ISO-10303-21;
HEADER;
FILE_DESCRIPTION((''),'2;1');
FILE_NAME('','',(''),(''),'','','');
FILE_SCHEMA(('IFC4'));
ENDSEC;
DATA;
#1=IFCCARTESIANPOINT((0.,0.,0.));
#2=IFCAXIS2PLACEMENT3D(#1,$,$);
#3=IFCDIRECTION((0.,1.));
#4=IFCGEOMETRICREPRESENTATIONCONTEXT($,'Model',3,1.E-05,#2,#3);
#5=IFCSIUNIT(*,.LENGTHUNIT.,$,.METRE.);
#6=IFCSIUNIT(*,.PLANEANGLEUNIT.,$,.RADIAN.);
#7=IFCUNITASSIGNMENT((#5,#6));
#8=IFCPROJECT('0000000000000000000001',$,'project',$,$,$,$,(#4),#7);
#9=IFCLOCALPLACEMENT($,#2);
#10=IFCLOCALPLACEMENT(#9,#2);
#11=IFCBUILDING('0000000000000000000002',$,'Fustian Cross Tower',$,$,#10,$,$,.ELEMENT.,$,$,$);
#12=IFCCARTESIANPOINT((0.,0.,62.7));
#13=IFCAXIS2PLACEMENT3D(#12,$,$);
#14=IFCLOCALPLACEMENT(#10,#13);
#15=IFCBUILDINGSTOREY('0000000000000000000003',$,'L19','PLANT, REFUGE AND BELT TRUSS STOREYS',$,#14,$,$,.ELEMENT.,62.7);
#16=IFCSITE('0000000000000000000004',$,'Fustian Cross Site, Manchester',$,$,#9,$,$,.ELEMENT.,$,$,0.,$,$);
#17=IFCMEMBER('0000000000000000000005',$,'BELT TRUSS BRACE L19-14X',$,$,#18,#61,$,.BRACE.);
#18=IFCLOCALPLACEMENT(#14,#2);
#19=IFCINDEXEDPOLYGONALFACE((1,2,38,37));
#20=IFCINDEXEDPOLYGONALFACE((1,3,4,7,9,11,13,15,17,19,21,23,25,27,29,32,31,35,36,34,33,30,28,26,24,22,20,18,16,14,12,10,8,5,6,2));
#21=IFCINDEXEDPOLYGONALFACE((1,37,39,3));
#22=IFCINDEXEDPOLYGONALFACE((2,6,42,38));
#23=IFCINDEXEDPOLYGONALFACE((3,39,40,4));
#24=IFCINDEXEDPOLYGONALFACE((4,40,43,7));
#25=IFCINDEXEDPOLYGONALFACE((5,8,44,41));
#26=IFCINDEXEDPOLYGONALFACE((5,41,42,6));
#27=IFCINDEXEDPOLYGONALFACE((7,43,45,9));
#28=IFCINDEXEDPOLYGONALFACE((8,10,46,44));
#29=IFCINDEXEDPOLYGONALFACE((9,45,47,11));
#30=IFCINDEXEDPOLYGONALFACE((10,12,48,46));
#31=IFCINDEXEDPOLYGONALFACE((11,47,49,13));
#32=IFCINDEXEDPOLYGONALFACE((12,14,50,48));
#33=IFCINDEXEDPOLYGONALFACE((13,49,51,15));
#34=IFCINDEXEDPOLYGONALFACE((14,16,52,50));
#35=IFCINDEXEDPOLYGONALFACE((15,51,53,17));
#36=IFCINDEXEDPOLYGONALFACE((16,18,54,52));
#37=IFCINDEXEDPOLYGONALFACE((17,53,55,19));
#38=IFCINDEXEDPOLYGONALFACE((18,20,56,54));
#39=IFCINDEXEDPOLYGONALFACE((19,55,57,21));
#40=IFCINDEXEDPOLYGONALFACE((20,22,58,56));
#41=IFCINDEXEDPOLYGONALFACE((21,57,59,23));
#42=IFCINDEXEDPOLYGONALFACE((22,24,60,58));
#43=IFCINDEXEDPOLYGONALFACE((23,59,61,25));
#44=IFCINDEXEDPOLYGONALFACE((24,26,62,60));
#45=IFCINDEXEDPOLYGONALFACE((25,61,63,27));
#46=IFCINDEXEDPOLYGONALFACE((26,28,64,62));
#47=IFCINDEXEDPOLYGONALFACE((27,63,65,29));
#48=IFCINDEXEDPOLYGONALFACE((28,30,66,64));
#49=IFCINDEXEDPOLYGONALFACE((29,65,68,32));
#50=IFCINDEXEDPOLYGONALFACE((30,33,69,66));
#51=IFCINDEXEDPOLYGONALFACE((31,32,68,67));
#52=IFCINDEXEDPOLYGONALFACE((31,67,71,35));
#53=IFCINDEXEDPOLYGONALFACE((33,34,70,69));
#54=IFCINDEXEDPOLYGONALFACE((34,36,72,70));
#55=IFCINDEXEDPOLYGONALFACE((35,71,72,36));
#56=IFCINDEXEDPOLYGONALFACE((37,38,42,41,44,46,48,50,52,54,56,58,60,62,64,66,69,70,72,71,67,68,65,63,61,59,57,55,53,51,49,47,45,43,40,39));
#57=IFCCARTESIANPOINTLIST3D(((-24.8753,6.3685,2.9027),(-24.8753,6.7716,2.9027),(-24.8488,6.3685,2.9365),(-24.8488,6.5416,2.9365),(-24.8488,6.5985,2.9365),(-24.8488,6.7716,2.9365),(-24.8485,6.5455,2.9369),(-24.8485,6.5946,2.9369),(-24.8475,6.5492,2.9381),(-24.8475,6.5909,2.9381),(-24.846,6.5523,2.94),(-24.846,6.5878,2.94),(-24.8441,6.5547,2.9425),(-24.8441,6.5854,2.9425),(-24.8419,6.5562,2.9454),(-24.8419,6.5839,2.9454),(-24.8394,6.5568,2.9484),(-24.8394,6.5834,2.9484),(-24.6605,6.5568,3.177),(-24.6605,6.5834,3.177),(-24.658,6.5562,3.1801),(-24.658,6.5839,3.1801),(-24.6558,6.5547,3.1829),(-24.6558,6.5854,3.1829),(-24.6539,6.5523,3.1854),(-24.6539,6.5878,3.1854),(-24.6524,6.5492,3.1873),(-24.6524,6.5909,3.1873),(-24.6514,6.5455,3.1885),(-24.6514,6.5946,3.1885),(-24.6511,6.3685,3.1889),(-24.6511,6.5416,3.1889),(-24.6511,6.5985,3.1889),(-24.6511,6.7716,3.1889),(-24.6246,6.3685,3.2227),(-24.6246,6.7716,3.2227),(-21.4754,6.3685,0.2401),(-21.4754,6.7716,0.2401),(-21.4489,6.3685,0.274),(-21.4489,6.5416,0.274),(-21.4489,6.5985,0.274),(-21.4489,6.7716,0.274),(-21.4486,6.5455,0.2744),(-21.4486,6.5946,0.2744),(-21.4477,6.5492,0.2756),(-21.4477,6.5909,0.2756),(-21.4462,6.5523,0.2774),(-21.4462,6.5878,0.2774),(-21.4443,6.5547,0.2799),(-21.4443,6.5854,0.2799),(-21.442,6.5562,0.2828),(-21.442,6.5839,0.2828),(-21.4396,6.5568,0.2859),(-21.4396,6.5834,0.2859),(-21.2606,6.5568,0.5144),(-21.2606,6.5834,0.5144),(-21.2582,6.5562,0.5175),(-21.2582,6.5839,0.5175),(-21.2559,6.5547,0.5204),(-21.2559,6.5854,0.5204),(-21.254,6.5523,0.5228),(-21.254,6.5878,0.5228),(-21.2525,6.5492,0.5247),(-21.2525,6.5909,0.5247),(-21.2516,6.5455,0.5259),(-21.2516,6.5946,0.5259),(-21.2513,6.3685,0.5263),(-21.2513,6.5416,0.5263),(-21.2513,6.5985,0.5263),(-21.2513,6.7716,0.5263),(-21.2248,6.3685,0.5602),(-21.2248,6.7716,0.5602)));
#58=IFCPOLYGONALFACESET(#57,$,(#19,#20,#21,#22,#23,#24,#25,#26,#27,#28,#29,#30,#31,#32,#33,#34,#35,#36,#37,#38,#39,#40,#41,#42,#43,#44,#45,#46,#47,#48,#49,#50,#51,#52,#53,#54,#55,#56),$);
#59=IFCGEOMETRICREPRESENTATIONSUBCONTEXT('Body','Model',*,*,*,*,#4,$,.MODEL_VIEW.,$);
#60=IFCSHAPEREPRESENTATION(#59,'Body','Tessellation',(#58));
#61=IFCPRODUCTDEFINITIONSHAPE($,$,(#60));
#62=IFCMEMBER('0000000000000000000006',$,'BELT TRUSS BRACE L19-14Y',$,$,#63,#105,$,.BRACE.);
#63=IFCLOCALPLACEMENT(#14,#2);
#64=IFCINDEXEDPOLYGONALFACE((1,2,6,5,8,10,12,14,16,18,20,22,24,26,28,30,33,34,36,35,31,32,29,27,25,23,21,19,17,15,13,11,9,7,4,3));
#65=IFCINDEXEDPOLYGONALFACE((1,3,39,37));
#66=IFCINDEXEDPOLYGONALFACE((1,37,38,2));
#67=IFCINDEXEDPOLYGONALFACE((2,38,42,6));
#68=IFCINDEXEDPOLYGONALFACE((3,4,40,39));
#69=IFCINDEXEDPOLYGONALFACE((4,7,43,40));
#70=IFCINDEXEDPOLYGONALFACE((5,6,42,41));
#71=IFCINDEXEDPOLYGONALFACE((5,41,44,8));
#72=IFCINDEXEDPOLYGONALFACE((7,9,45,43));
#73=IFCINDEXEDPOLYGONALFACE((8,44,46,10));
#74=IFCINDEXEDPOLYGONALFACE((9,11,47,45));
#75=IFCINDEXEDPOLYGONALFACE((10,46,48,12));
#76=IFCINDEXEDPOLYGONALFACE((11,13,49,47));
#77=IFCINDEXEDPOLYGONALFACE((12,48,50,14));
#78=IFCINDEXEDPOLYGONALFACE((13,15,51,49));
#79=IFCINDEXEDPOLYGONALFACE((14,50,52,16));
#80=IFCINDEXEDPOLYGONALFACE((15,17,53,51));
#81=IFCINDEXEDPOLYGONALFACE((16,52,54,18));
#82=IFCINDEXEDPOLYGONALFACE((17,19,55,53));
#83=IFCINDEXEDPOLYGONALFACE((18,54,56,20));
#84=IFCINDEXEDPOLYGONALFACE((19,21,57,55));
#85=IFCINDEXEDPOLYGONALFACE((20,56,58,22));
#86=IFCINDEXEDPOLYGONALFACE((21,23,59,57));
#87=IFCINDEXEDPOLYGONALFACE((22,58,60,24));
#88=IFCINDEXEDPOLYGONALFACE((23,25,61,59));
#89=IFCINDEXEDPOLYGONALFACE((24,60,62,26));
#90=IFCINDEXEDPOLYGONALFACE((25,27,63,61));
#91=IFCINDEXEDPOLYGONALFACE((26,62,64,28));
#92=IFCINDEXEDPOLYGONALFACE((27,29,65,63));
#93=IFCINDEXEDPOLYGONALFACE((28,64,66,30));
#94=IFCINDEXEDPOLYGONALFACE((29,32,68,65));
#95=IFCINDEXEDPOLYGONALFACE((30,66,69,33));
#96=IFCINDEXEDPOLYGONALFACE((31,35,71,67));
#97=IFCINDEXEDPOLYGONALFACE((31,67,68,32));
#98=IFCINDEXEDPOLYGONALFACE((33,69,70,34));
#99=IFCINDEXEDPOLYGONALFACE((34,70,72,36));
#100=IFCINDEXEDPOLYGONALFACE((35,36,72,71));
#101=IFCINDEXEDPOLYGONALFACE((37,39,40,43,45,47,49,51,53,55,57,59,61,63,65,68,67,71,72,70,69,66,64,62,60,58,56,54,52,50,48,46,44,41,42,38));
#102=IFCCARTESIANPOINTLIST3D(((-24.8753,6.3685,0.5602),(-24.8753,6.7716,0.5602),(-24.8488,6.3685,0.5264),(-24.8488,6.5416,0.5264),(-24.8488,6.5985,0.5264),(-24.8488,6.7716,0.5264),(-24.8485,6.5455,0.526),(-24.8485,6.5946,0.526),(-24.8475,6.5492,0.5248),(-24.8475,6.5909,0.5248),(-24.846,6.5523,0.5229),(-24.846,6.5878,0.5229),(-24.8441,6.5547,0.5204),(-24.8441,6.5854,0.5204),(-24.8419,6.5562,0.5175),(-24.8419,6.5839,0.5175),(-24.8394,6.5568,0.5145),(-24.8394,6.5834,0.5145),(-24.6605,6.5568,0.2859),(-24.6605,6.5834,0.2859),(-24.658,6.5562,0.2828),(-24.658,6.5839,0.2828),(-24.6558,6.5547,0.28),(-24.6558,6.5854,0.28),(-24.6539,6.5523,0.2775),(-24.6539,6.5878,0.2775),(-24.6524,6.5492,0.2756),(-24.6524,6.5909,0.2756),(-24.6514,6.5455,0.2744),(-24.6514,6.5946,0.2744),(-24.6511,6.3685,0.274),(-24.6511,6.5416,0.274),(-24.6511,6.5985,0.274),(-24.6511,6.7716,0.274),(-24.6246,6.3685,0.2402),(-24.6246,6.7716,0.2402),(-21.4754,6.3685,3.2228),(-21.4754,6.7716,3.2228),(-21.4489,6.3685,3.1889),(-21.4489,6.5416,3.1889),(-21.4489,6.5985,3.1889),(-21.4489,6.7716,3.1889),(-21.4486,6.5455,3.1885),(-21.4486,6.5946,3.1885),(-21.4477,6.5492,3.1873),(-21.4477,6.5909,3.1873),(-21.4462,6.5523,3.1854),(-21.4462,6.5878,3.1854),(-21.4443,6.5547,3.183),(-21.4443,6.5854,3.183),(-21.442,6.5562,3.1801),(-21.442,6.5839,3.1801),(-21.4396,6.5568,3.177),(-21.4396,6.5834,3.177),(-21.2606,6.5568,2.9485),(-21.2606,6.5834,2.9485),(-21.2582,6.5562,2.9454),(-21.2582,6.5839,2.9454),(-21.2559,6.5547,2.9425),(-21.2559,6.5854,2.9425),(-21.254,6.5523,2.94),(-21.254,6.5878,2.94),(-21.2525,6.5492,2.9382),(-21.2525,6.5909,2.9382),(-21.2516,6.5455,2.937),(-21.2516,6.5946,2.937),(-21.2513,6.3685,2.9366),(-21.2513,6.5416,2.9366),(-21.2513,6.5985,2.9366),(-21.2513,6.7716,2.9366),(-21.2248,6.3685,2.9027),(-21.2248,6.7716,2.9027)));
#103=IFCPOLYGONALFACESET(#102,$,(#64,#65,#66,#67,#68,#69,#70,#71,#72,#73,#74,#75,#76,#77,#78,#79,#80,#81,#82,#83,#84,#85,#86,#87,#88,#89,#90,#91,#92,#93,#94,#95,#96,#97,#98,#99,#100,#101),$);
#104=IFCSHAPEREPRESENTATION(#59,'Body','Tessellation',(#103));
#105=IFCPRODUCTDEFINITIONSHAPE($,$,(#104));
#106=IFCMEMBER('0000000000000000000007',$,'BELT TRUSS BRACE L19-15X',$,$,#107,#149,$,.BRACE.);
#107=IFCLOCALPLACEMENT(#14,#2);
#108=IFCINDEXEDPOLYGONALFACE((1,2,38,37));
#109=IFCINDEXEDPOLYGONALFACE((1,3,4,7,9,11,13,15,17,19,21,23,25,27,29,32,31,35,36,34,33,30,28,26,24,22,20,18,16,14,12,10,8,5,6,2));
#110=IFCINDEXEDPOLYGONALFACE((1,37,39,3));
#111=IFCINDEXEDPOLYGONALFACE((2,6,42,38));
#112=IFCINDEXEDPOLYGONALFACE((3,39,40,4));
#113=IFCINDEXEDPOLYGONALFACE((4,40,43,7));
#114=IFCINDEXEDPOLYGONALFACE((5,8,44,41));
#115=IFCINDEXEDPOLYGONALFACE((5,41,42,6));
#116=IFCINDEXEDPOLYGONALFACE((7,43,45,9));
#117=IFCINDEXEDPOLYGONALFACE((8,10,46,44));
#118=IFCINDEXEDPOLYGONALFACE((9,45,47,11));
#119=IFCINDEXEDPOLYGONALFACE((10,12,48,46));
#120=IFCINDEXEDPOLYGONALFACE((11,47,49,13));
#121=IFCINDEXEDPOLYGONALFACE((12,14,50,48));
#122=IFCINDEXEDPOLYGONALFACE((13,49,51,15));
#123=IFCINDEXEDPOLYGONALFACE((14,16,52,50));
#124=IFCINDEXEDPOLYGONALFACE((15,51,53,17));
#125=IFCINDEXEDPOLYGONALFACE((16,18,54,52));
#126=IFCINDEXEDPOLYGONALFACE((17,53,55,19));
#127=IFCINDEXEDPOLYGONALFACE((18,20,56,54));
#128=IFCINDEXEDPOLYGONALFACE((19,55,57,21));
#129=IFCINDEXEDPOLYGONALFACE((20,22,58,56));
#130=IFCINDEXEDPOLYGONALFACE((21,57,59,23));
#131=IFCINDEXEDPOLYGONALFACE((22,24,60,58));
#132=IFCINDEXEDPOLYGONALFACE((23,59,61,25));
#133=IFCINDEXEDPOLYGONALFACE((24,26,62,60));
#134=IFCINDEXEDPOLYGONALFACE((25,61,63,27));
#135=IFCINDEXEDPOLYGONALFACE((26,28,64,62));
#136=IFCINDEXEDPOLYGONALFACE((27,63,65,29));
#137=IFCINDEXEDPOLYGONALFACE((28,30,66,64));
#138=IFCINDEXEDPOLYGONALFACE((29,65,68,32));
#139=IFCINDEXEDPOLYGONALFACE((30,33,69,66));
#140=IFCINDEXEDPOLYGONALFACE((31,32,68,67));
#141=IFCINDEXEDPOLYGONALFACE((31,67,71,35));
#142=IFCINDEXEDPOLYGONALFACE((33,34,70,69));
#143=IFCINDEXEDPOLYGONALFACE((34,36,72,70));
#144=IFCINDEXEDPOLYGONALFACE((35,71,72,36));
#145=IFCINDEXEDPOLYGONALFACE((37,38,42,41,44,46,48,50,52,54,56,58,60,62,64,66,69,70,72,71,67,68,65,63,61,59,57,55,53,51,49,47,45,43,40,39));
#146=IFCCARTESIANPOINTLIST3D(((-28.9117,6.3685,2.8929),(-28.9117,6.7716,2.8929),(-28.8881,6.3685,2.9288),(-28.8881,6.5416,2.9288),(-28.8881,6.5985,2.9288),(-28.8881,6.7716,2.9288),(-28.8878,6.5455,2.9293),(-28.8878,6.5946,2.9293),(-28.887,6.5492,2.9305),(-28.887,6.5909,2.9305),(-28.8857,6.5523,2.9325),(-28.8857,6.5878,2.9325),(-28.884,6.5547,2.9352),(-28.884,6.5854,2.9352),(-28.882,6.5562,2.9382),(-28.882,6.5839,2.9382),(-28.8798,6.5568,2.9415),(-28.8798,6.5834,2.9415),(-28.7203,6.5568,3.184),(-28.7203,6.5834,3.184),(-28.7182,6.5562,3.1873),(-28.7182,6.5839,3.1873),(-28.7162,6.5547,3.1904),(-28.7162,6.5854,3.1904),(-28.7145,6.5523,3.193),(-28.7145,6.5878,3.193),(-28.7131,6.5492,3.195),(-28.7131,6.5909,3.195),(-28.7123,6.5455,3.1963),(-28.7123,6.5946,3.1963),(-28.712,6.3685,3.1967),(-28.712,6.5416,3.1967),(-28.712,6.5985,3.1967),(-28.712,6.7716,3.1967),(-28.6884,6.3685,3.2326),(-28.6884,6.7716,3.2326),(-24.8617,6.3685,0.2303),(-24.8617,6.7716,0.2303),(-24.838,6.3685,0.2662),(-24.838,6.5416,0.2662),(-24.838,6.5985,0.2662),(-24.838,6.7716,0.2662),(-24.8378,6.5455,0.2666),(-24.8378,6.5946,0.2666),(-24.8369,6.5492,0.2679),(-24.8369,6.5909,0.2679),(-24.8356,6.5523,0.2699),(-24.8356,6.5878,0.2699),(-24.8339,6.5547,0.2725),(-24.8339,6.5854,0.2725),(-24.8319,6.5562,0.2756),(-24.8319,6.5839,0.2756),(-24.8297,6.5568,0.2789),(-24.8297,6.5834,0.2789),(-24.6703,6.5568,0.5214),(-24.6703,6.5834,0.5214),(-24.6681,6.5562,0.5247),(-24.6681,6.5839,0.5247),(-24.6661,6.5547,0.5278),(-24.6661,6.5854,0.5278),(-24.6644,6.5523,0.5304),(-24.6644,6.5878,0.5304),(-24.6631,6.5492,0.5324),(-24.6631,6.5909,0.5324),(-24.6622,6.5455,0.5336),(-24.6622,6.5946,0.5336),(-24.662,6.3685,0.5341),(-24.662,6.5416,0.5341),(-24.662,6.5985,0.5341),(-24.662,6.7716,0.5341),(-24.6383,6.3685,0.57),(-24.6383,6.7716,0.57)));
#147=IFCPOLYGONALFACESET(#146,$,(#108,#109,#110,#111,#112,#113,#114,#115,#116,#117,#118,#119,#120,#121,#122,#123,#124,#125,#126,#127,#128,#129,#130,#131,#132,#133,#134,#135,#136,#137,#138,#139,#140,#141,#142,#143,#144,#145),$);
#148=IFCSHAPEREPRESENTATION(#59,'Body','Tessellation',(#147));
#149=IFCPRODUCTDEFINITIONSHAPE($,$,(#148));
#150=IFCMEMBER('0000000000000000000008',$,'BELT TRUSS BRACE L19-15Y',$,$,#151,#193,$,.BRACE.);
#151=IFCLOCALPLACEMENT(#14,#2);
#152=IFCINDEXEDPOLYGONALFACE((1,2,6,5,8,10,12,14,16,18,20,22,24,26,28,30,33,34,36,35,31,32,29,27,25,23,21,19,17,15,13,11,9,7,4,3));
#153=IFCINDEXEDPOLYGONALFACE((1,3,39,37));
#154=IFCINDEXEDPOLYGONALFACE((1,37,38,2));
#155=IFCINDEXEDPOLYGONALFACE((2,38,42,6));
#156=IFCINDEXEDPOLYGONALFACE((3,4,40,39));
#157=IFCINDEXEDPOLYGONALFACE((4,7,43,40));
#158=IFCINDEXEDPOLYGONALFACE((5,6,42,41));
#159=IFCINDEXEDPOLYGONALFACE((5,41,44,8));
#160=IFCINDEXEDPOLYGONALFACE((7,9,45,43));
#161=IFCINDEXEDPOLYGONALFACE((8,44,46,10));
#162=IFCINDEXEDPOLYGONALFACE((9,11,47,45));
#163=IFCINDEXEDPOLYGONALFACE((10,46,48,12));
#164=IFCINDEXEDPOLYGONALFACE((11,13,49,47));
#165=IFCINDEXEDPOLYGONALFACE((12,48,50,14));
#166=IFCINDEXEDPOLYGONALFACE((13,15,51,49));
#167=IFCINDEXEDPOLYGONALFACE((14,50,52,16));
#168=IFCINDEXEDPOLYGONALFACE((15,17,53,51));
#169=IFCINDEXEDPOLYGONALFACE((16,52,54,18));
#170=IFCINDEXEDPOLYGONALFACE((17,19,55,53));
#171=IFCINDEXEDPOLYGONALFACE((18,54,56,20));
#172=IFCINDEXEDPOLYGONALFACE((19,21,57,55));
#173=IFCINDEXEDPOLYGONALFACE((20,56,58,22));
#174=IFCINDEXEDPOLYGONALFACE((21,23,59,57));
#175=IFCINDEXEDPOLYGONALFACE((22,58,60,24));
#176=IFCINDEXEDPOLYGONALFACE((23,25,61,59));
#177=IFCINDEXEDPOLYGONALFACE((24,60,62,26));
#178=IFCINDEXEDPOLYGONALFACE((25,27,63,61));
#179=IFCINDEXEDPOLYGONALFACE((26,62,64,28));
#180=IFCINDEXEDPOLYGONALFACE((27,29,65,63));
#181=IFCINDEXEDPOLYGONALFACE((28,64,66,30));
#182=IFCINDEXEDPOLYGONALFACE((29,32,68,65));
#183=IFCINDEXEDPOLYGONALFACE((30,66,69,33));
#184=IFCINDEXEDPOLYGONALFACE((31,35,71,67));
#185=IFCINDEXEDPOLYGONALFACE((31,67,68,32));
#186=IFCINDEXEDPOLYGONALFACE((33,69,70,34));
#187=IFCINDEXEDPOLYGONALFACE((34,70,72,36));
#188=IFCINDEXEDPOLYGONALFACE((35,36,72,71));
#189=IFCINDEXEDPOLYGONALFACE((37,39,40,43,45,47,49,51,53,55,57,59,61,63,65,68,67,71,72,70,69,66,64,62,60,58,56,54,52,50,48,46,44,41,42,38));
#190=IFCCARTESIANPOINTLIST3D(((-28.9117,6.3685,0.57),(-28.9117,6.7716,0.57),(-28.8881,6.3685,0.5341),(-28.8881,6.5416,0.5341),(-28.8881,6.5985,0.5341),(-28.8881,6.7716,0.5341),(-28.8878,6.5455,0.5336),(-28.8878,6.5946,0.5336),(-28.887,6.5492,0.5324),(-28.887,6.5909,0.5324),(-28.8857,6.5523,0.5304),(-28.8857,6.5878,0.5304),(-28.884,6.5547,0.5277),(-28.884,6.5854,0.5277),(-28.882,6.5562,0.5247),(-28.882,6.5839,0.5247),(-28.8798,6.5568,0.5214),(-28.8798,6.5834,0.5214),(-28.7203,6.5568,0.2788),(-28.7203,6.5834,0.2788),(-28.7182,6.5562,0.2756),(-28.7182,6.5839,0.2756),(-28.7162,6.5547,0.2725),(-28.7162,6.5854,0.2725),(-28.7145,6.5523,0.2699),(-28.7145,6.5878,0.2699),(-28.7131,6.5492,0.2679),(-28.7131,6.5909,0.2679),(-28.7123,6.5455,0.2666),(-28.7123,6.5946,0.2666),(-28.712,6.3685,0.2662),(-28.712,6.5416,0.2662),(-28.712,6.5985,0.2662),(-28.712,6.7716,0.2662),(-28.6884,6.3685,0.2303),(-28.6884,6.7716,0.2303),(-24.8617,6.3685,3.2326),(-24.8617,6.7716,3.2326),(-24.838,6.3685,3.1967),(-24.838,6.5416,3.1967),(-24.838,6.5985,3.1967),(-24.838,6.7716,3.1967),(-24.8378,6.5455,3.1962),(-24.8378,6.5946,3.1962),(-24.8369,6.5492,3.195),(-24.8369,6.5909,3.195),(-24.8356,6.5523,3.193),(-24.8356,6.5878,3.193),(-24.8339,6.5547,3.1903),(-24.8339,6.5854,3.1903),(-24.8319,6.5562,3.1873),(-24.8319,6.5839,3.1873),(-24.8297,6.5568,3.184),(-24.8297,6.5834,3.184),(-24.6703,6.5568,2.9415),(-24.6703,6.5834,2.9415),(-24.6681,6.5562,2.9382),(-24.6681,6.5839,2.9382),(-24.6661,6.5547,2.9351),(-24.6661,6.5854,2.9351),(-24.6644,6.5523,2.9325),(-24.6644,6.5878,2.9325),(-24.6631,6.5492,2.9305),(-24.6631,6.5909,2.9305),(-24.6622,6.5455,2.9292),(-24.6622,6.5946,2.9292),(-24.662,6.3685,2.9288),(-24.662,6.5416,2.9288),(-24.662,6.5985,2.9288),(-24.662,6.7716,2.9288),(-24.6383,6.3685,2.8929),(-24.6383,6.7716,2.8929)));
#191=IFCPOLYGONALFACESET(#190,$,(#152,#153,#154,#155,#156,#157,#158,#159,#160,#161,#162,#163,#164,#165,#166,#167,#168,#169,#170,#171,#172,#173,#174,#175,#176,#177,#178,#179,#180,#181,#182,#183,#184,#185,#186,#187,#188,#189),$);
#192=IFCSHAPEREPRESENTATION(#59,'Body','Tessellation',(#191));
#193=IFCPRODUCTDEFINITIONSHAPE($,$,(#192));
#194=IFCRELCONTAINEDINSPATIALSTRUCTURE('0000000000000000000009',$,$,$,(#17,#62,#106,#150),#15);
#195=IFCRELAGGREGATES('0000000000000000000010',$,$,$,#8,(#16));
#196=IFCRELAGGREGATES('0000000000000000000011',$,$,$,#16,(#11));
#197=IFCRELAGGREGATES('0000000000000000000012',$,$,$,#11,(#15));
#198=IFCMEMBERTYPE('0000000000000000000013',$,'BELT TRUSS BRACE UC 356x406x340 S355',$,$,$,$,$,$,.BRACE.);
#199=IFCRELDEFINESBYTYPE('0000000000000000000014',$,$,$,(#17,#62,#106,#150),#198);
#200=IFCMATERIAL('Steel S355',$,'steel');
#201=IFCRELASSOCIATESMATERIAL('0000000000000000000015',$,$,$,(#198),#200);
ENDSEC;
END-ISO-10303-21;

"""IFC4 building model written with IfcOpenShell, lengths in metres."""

from ifc_helpers import new_model, si_unit, direction, frame, origin, origin_2d, place, context, subcontext, project, spatial, i_section, extrude, material, material_profile, profile_set, type_object, element, save


model = new_model("IFC4")

# Units and contexts
model_context = context("Model", 3, precision=1e-05, world=origin(), true_north=direction((0.0, 1.0)))
body_context = subcontext(model_context, "Body", "Model", "MODEL_VIEW")
ifc_project = project(units=[si_unit("LENGTHUNIT", "METRE"), si_unit("PLANEANGLEUNIT", "RADIAN")], contexts=[model_context])

# Site, building, storey
site_placement = place(None, origin())
site = spatial("IfcSite", under=ifc_project, at=site_placement, Name="Fustian Cross Site, Manchester", CompositionType="ELEMENT", RefElevation=0.0)
building_placement = place(site_placement, origin())
building = spatial("IfcBuilding", under=site, at=building_placement, Name="Fustian Cross Tower", CompositionType="ELEMENT")
storey_placement = place(building_placement, frame((0.0, 0.0, 62.7)))
storey = spatial("IfcBuildingStorey", under=building, at=storey_placement, Name="L19", Description="PLANT, REFUGE AND BELT TRUSS STOREYS", CompositionType="ELEMENT", Elevation=62.7)

# Members
ifc_material_1 = material(Name="Steel S355", Category="steel")
ifc_material_profile_1 = material_profile(ifc_material_1, i_section(OverallWidth=0.4031, OverallDepth=0.4065, WebThickness=0.0266, FlangeThickness=0.043, FilletRadius=0.0151, at=origin_2d()), Name="UC 356x406x340")
ifc_profile_set_1 = profile_set([ifc_material_profile_1], Name="Steel S355")
member_type_1 = type_object("IfcMemberType", Name="BELT TRUSS BRACE UC 356x406x340 S355", PredefinedType="BRACE", material=ifc_profile_set_1)
for number, where, z_axis, x_axis, name in (
    (1, (-21.3501, 6.5701, 0.4001), (-0.787302, 0.0, 0.616567), (0.0, -1.0, 0.0), "BELT TRUSS BRACE L19-14X"),
    (2, (-21.3501, 6.5701, 3.0627), (-0.787302, 0.0, -0.616567), (0.0, -1.0, 0.0), "BELT TRUSS BRACE L19-14Y"),
):
    element("IfcMember", number, at=place(storey_placement, frame(where, z_axis=z_axis, x_axis=x_axis)), inside=storey, type_object=member_type_1, Name=name, PredefinedType="BRACE", context=body_context, shape_type="SweptSolid", body=[
        extrude(i_section(OverallWidth=0.4031, OverallDepth=0.4065, WebThickness=0.0266, FlangeThickness=0.043, FilletRadius=0.0151, at=origin_2d()), origin(), (0.0, 0.0, 1.0), 4.3184),
    ])
for number, where, z_axis, x_axis, name in (
    (3, (-24.75, 6.5701, 0.4001), (-0.835598, 0.0, 0.549342), (0.0, -1.0, 0.0), "BELT TRUSS BRACE L19-15X"),
    (4, (-24.75, 6.5701, 3.0627), (-0.835598, 0.0, -0.549342), (0.0, -1.0, 0.0), "BELT TRUSS BRACE L19-15Y"),
):
    element("IfcMember", number, at=place(storey_placement, frame(where, z_axis=z_axis, x_axis=x_axis)), inside=storey, type_object=member_type_1, Name=name, PredefinedType="BRACE", context=body_context, shape_type="SweptSolid", body=[
        extrude(i_section(OverallWidth=0.4031, OverallDepth=0.4065, WebThickness=0.0266, FlangeThickness=0.043, FilletRadius=0.0151, at=origin_2d()), origin(), (0.0, 0.0, 1.0), 4.8469),
    ])

save(model, "model.ifc")
